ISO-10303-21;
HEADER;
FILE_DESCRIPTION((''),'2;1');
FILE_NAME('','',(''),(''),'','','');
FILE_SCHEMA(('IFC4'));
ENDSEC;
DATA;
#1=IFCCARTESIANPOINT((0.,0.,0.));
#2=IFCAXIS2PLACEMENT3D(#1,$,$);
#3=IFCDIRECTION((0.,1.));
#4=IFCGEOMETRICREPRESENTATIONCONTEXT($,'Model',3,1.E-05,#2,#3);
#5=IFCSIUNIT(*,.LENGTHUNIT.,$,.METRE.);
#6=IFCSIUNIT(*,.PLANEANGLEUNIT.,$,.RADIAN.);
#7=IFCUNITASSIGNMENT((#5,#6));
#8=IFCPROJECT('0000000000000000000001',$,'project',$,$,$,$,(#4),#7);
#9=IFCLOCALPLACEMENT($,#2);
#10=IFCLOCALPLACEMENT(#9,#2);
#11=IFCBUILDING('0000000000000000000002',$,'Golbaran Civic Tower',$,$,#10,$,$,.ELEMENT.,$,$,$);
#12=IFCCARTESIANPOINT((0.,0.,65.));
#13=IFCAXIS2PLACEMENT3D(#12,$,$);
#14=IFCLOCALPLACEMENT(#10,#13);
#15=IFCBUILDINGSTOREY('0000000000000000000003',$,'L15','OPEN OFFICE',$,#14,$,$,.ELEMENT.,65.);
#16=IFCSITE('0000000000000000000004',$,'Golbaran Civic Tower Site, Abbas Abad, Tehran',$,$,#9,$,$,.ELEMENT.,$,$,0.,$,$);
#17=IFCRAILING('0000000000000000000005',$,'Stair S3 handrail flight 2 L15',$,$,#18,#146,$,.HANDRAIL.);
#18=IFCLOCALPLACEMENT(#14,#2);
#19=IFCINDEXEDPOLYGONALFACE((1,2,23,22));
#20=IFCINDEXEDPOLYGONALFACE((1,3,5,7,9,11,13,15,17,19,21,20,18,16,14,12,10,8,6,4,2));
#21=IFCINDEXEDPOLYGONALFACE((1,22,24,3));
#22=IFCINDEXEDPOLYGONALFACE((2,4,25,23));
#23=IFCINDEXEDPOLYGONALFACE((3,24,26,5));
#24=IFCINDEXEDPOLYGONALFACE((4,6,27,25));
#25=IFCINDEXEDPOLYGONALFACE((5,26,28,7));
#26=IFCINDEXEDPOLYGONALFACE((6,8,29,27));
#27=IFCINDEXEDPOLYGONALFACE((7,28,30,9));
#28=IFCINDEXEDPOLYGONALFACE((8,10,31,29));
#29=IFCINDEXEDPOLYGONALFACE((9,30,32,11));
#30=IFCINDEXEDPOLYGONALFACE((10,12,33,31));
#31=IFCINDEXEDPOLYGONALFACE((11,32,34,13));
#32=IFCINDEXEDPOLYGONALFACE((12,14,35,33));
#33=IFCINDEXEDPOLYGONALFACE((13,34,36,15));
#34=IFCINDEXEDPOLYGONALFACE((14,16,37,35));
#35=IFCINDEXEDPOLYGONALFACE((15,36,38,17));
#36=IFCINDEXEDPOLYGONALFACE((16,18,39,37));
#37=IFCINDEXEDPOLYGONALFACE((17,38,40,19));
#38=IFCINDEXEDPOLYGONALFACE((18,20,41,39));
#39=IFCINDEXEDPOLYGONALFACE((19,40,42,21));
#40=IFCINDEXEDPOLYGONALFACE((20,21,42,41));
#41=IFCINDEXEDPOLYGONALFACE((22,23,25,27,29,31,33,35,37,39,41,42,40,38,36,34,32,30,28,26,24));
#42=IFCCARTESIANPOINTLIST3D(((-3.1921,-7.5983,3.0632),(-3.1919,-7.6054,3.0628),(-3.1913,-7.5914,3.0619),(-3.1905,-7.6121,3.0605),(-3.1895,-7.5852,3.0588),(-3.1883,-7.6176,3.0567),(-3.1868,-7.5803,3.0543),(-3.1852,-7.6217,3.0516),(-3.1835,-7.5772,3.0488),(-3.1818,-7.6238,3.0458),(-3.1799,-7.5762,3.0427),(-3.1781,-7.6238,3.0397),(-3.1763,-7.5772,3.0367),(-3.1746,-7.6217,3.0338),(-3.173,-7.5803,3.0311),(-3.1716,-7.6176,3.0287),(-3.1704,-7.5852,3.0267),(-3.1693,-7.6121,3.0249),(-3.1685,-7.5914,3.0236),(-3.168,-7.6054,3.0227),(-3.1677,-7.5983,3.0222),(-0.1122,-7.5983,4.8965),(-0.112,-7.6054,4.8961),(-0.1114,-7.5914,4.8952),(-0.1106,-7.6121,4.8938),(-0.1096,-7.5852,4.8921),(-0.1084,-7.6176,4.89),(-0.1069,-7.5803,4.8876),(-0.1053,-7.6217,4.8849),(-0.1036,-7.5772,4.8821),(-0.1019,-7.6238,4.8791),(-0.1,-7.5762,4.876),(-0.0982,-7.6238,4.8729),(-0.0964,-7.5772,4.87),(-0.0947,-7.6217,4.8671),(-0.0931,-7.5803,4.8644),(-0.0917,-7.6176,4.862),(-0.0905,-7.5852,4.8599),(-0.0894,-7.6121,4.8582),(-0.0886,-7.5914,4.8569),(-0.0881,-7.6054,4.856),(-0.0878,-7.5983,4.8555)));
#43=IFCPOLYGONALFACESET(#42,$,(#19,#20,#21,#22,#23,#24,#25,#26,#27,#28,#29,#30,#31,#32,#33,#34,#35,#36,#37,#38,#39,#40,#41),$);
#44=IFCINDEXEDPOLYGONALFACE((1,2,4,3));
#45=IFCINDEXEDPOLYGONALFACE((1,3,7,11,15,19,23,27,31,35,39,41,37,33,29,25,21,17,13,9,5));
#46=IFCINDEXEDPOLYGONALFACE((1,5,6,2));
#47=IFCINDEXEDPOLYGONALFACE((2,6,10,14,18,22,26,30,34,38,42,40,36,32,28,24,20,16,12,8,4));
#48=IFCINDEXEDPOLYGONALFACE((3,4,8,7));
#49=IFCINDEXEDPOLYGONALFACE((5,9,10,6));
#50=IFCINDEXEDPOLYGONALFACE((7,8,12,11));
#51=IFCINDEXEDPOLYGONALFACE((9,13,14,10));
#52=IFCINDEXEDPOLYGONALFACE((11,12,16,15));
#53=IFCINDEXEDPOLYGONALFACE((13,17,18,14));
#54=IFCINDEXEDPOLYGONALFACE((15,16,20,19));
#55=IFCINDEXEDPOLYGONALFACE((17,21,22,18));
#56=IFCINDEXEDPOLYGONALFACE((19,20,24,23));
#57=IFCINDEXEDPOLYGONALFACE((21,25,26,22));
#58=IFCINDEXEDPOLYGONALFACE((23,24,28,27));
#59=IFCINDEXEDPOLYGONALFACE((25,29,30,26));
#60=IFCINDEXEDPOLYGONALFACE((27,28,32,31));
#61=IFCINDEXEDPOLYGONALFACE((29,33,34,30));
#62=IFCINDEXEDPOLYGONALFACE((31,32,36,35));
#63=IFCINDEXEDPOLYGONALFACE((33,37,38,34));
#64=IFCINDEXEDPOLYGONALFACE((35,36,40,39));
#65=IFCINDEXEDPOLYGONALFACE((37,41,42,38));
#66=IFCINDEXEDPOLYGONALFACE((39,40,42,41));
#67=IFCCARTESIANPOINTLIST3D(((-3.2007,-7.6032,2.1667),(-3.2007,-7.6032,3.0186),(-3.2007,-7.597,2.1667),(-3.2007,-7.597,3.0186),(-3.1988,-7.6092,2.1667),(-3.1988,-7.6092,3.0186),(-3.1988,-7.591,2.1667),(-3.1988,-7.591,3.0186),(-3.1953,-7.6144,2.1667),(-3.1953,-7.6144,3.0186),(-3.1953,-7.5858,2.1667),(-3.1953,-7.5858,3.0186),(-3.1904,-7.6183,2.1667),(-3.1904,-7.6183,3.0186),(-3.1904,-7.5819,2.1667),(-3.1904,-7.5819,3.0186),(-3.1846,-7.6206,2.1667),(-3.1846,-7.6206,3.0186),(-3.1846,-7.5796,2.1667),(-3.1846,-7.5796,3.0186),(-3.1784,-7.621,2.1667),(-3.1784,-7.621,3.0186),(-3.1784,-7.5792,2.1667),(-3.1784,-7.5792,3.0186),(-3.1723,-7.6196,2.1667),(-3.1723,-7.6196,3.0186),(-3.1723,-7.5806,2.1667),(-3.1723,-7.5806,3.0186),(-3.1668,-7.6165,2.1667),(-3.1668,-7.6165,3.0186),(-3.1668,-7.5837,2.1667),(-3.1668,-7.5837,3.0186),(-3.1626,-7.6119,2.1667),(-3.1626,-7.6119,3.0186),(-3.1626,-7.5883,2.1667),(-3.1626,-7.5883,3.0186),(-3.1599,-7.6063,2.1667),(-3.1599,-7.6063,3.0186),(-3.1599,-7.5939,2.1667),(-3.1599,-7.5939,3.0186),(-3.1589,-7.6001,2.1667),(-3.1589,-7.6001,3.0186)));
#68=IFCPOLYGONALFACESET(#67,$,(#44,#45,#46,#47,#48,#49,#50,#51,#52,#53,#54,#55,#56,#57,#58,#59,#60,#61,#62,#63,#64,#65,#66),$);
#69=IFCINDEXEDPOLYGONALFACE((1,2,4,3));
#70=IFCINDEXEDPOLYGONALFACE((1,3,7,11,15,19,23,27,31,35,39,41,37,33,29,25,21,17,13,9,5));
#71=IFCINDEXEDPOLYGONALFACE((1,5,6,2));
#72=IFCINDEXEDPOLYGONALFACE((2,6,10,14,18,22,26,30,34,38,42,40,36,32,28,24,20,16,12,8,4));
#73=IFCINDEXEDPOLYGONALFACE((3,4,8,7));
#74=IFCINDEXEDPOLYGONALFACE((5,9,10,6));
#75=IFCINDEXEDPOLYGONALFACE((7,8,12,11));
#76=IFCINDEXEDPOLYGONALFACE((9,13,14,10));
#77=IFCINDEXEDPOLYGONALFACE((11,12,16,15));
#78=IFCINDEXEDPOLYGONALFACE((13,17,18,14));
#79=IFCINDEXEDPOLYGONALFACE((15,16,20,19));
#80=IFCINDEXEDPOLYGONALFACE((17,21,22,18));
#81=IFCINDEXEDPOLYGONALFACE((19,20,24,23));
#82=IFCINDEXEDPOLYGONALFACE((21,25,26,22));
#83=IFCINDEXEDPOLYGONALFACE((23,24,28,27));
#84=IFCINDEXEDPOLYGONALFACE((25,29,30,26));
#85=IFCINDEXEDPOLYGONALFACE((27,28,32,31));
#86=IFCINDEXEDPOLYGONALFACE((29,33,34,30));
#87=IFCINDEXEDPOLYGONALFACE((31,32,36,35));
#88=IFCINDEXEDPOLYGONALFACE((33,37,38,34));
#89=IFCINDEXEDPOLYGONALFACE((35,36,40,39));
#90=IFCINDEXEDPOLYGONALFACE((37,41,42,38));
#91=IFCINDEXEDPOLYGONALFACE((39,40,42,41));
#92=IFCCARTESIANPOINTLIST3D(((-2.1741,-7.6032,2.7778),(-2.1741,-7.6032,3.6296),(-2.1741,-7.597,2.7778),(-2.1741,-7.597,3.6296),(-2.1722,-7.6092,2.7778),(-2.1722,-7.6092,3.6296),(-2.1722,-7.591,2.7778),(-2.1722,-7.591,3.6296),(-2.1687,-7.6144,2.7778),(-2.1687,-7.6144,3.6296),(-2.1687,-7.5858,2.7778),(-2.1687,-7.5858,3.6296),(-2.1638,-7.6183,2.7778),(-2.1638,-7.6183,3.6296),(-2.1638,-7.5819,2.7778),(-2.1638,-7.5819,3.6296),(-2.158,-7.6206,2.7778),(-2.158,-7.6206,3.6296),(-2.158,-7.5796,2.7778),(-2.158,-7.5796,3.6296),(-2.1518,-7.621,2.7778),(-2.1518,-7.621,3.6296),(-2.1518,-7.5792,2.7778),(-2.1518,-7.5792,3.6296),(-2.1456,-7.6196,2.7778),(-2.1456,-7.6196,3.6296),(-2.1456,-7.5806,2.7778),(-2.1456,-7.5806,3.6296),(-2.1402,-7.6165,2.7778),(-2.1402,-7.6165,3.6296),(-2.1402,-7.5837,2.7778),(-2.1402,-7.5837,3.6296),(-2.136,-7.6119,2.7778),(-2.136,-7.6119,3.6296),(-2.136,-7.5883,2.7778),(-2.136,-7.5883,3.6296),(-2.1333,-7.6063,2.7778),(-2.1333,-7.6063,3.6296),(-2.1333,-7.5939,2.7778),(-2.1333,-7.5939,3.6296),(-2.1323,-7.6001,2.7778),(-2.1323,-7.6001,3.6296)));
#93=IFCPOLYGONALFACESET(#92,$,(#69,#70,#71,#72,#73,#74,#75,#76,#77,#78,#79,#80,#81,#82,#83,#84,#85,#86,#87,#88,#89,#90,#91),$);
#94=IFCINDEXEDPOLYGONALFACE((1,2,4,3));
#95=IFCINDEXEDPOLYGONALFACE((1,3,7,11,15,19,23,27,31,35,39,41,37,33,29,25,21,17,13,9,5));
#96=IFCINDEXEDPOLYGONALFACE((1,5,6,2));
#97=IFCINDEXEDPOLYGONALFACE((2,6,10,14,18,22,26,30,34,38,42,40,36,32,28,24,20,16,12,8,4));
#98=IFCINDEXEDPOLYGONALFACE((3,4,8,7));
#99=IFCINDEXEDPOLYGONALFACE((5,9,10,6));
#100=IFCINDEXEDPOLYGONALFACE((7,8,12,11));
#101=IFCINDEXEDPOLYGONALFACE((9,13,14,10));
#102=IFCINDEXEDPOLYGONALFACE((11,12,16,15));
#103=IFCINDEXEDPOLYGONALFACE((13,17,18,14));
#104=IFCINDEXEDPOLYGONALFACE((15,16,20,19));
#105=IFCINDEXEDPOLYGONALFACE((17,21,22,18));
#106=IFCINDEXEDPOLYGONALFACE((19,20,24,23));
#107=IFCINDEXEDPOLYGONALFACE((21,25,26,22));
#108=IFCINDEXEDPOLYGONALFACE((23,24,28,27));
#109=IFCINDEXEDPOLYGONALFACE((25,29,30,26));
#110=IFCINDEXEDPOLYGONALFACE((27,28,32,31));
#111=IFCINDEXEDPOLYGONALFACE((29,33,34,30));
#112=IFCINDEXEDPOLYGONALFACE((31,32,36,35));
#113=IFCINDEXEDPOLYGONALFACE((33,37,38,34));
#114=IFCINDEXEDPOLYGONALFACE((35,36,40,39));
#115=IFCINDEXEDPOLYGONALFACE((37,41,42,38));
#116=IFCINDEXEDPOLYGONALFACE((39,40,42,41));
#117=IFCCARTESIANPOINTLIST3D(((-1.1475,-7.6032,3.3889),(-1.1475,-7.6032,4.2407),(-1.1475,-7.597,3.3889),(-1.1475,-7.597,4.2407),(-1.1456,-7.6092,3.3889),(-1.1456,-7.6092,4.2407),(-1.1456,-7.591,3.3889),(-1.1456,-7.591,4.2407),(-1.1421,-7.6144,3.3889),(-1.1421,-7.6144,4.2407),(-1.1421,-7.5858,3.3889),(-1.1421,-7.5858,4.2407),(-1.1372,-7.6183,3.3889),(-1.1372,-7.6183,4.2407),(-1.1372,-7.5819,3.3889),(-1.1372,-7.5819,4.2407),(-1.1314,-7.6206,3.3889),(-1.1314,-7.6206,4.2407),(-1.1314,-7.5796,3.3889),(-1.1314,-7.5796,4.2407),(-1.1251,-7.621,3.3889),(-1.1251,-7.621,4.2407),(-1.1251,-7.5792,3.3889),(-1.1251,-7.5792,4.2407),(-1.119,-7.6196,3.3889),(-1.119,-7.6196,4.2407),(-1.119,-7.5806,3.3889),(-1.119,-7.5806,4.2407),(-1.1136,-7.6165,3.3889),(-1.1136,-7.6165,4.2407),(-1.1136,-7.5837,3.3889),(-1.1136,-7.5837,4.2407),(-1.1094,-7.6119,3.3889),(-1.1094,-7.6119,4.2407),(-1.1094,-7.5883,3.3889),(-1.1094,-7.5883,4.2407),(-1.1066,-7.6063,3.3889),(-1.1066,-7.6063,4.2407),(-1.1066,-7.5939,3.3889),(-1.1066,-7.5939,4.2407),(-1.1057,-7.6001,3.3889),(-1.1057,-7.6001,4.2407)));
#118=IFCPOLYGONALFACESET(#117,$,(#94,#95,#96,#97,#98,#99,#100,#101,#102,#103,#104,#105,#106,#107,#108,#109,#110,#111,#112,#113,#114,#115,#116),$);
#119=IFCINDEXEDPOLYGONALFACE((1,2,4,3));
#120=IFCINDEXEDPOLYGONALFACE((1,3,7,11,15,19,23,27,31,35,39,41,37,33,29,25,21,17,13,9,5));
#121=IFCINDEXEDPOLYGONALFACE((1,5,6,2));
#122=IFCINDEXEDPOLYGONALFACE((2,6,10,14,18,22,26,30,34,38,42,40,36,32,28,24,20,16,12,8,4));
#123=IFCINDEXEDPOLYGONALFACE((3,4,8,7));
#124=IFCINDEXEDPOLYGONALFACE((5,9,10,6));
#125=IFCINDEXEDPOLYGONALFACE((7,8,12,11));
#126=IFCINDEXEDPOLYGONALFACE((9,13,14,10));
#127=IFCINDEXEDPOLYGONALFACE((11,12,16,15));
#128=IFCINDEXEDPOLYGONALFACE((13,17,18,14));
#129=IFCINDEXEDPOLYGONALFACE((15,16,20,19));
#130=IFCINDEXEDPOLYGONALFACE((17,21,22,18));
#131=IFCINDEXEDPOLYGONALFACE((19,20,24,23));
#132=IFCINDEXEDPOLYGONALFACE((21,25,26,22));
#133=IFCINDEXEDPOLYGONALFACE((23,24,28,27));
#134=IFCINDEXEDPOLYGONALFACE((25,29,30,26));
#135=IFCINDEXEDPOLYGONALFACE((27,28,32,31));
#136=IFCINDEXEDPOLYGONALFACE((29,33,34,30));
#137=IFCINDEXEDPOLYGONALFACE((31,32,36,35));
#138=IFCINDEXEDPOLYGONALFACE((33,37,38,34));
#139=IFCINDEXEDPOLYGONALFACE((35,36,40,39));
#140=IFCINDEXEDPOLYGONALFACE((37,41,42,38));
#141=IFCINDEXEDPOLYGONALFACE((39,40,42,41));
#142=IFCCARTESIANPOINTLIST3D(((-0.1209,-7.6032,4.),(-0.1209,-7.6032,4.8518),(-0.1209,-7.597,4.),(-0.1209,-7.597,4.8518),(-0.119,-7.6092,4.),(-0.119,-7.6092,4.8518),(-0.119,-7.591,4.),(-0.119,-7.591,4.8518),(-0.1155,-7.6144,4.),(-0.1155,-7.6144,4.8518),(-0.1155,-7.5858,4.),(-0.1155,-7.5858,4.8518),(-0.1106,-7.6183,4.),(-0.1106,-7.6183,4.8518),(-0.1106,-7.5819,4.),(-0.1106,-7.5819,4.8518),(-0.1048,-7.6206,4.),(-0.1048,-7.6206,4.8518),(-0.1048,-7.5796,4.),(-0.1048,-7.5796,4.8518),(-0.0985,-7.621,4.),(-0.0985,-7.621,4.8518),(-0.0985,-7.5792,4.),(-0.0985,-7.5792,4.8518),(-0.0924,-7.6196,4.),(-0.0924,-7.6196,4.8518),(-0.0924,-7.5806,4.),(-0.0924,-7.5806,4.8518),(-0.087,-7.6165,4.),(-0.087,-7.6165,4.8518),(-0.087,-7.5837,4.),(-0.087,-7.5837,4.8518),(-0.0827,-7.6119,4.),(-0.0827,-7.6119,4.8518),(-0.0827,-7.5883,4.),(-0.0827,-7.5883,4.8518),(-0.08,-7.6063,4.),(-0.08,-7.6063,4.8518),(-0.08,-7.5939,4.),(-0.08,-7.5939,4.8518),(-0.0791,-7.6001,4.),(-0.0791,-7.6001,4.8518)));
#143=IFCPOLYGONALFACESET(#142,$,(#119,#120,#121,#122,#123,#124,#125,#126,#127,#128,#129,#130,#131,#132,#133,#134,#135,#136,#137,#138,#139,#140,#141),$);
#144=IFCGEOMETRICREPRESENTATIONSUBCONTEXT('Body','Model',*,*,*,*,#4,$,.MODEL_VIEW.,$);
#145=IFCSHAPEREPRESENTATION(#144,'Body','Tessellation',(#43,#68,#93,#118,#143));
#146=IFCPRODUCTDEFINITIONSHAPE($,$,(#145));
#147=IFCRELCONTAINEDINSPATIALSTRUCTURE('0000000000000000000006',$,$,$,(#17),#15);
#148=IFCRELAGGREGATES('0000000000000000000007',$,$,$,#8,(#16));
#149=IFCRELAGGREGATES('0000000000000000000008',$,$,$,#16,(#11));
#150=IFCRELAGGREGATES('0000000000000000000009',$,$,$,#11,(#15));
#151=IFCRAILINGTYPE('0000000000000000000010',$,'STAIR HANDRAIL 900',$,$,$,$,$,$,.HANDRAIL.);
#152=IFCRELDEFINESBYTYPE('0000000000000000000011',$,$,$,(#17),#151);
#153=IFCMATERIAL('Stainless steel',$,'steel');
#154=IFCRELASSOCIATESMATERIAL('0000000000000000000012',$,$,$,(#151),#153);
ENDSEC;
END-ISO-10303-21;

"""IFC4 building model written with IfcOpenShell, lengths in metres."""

from ifc_helpers import new_model, si_unit, direction, frame, origin, origin_2d, place, context, subcontext, project, spatial, circle, extrude, material, type_object, element, save


model = new_model("IFC4")

# Units and contexts
model_context = context("Model", 3, precision=1e-05, world=origin(), true_north=direction((0.0, 1.0)))
body_context = subcontext(model_context, "Body", "Model", "MODEL_VIEW")
ifc_project = project(units=[si_unit("LENGTHUNIT", "METRE"), si_unit("PLANEANGLEUNIT", "RADIAN")], contexts=[model_context])

# Site, building, storey
site_placement = place(None, origin())
site = spatial("IfcSite", under=ifc_project, at=site_placement, Name="Golbaran Civic Tower Site, Abbas Abad, Tehran", CompositionType="ELEMENT", RefElevation=0.0)
building_placement = place(site_placement, origin())
building = spatial("IfcBuilding", under=site, at=building_placement, Name="Golbaran Civic Tower", CompositionType="ELEMENT")
storey_placement = place(building_placement, frame((0.0, 0.0, 65.0)))
storey = spatial("IfcBuildingStorey", under=building, at=storey_placement, Name="L15", Description="OPEN OFFICE", CompositionType="ELEMENT", Elevation=65.0)

# Shared definitions
ifc_material_1 = material(Name="Stainless steel", Category="steel")

# Railing
railing_type = type_object("IfcRailingType", Name="STAIR HANDRAIL 900", PredefinedType="HANDRAIL", material=ifc_material_1)
railing_1_placement = place(storey_placement, frame((-3.1799, -7.6001, 2.1667)))
element("IfcRailing", 1, at=railing_1_placement, inside=storey, type_object=railing_type, Name="Stair S3 handrail flight 2 L15", PredefinedType="HANDRAIL", context=body_context, shape_type="SweptSolid", body=[
    extrude(circle(Radius=0.0239, at=origin_2d()), frame((0.0, 0.0, 0.876), z_axis=(0.859291, 0.0, 0.511487), x_axis=(0.0, 1.0, 0.0)), (0.0, 0.0, 1.0), 3.5842),
    extrude(circle(Radius=0.021, at=origin_2d()), origin(), (0.0, 0.0, 1.0), 0.8518),
    extrude(circle(Radius=0.021, at=origin_2d()), frame((1.0266, 0.0, 0.6111)), (0.0, 0.0, 1.0), 0.8518),
    extrude(circle(Radius=0.021, at=origin_2d()), frame((2.0532, 0.0, 1.2222)), (0.0, 0.0, 1.0), 0.8518),
    extrude(circle(Radius=0.021, at=origin_2d()), frame((3.0798, 0.0, 1.8333)), (0.0, 0.0, 1.0), 0.8518),
])

save(model, "model.ifc")
